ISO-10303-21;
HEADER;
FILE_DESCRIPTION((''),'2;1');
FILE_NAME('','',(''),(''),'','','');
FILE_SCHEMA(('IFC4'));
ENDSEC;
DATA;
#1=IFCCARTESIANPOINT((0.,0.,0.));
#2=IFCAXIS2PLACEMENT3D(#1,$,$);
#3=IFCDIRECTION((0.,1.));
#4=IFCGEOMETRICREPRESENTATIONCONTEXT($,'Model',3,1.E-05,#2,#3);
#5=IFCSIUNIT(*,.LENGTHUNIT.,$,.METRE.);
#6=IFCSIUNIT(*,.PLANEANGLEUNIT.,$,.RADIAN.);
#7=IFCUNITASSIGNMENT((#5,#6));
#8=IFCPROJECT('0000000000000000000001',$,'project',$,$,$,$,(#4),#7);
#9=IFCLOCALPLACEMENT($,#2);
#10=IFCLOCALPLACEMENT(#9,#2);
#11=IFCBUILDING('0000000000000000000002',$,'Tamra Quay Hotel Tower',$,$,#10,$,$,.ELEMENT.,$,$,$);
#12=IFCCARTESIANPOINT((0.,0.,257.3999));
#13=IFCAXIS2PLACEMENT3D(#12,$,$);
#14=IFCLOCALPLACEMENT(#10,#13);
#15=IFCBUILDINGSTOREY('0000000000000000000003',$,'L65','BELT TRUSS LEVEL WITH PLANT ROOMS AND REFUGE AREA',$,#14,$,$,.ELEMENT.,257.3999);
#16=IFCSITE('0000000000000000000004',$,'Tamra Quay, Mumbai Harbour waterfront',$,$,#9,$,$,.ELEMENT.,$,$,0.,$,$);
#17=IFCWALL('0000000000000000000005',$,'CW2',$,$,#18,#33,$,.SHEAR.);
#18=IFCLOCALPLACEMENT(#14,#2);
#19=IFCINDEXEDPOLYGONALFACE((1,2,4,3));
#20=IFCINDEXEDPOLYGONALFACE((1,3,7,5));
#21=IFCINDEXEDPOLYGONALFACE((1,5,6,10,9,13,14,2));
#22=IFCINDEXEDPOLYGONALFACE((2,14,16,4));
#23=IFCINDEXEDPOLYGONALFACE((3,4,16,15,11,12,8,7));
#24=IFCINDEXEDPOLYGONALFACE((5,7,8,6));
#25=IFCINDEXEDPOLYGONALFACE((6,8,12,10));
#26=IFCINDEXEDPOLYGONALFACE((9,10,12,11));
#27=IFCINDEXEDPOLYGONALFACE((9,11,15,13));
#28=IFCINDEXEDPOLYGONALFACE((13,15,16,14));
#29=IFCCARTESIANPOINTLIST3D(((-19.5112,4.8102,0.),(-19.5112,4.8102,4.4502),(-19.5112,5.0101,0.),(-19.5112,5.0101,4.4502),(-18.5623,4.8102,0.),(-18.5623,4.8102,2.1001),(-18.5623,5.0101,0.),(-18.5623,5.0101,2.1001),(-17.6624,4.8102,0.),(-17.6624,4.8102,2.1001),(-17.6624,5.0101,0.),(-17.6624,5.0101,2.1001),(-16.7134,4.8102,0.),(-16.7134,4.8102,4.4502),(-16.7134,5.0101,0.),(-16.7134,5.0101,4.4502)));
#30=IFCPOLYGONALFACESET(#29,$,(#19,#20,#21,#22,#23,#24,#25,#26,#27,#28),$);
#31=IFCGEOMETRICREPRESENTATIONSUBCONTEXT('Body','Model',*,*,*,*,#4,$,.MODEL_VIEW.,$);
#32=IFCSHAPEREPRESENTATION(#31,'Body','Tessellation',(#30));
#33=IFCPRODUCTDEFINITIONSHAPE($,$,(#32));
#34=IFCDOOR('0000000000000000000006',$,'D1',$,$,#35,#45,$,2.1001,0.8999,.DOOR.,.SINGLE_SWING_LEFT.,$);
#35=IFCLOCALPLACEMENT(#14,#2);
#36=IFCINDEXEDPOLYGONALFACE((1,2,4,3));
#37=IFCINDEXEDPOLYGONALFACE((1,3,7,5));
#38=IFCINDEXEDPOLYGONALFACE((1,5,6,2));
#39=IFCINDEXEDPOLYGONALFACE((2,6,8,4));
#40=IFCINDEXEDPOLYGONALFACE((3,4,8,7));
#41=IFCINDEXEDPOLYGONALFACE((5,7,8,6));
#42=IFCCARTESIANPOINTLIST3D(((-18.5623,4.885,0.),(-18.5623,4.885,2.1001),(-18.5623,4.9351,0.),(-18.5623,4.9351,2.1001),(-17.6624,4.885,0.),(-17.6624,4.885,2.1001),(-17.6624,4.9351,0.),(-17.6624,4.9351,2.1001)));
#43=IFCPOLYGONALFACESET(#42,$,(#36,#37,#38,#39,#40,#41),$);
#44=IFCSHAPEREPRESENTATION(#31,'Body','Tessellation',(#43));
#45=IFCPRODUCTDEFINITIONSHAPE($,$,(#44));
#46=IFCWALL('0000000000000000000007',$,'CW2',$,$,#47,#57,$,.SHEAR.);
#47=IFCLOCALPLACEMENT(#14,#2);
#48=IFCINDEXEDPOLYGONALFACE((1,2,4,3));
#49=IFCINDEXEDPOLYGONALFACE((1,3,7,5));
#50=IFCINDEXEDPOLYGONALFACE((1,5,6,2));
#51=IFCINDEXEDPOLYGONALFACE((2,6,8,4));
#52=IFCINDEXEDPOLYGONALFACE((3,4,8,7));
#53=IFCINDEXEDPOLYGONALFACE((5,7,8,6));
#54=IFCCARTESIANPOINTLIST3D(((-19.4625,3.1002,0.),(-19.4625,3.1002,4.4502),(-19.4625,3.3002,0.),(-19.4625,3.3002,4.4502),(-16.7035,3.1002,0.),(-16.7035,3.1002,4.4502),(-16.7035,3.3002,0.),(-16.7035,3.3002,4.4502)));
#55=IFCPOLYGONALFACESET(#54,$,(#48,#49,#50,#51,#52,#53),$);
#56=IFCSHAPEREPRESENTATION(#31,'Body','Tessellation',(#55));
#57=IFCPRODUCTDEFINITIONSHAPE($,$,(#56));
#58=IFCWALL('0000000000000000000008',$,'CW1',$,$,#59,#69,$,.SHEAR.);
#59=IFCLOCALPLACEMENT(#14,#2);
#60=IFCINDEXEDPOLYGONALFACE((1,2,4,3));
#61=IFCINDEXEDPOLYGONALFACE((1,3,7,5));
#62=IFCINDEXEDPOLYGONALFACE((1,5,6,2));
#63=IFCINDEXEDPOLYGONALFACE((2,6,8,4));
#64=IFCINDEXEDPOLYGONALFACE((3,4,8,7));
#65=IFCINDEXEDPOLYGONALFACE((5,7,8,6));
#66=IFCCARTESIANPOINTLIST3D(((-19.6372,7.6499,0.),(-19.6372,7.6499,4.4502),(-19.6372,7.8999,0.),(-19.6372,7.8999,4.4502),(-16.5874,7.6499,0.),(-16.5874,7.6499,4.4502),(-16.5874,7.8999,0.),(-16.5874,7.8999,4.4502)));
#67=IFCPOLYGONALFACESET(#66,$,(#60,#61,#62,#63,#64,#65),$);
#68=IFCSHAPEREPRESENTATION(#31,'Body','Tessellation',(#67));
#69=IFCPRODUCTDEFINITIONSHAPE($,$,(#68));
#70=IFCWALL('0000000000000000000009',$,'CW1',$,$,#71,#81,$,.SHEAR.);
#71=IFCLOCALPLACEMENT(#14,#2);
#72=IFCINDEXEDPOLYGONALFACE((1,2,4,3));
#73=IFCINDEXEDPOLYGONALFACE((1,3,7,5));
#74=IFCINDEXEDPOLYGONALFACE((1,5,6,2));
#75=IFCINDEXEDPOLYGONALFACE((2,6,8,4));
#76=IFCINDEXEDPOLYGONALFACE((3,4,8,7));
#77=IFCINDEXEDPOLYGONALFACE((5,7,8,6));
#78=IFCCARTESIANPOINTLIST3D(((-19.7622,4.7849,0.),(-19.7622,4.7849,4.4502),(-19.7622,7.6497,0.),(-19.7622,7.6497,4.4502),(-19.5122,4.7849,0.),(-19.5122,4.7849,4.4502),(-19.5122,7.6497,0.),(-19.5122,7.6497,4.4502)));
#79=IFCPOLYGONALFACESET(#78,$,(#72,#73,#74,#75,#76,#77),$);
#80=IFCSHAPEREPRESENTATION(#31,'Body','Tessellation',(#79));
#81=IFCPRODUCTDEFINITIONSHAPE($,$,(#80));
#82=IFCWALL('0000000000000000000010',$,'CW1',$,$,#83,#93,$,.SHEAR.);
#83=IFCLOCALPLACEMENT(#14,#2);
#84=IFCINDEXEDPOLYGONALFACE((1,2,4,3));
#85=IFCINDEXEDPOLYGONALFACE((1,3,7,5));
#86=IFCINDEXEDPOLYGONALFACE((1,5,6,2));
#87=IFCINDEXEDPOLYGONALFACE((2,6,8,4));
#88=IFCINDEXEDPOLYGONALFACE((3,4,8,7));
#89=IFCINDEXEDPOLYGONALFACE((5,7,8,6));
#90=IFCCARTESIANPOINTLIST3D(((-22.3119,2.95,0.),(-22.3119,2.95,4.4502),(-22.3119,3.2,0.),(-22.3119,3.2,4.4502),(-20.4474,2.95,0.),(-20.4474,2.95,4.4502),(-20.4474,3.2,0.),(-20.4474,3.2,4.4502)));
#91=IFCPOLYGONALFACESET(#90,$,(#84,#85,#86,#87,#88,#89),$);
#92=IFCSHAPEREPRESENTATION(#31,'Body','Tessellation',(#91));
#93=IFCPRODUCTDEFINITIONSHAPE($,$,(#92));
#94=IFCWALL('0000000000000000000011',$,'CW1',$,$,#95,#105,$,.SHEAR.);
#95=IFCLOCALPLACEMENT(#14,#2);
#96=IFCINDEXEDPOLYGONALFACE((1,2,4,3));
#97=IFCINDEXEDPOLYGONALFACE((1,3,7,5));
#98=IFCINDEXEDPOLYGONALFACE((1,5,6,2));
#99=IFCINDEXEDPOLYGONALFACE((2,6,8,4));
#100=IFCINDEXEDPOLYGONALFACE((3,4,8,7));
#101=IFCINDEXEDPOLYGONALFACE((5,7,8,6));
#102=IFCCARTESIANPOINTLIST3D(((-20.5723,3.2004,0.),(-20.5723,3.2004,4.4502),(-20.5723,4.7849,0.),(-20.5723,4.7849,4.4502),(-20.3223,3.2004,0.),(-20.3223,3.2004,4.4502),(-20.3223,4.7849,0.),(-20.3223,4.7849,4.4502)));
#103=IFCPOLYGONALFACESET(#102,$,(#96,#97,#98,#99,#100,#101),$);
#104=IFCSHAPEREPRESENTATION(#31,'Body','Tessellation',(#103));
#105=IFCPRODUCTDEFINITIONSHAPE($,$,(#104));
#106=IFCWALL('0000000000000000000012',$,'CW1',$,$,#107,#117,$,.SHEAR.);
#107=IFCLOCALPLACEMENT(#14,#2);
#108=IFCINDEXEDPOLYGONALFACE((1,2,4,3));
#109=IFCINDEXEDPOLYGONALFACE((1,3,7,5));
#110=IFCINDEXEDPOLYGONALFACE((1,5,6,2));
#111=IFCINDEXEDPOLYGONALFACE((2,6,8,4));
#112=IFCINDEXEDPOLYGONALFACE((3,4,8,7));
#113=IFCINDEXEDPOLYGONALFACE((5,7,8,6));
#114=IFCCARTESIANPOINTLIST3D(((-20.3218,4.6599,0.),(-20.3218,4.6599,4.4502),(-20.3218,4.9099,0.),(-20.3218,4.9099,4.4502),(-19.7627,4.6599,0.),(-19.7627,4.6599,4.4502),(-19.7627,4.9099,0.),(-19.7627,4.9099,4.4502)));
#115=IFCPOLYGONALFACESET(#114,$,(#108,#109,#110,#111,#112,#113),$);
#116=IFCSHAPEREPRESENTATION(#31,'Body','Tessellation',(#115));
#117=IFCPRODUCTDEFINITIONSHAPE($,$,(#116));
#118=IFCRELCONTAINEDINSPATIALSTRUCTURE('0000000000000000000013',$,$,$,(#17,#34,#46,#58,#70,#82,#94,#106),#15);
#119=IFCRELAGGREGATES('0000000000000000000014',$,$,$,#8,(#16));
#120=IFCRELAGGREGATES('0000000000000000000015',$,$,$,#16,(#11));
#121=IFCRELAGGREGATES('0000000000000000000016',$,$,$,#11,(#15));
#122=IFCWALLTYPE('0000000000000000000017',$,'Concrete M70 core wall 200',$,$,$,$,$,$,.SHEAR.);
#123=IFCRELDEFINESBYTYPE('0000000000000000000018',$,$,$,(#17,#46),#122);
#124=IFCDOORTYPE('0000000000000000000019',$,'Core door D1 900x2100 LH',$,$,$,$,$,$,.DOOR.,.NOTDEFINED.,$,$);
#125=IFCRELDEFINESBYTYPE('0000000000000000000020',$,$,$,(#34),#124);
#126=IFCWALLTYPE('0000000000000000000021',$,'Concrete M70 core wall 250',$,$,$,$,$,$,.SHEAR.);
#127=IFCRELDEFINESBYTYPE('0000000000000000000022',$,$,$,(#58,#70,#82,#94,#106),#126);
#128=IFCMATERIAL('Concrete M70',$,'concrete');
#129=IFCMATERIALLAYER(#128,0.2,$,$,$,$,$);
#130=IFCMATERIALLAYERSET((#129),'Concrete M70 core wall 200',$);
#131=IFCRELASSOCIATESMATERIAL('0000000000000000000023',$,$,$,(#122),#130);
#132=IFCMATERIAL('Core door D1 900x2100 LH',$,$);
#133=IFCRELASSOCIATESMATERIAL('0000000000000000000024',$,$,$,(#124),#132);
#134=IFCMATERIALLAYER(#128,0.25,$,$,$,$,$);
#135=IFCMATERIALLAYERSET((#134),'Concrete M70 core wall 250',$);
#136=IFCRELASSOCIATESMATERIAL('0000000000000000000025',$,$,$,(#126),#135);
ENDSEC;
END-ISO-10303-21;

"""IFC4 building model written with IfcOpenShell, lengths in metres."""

from ifc_helpers import new_model, si_unit, direction, frame, frame_2d, origin, place, context, subcontext, project, spatial, rectangle, extrude, material, layer, layer_set, type_object, element, fill, save


model = new_model("IFC4")

# Units and contexts
model_context = context("Model", 3, precision=1e-05, world=origin(), true_north=direction((0.0, 1.0)))
body_context = subcontext(model_context, "Body", "Model", "MODEL_VIEW")
ifc_project = project(units=[si_unit("LENGTHUNIT", "METRE"), si_unit("PLANEANGLEUNIT", "RADIAN")], contexts=[model_context])

# Site, building, storey
site_placement = place(None, origin())
site = spatial("IfcSite", under=ifc_project, at=site_placement, Name="Tamra Quay, Mumbai Harbour waterfront", CompositionType="ELEMENT", RefElevation=0.0)
building_placement = place(site_placement, origin())
building = spatial("IfcBuilding", under=site, at=building_placement, Name="Tamra Quay Hotel Tower", CompositionType="ELEMENT")
storey_placement = place(building_placement, frame((0.0, 0.0, 257.3999)))
storey = spatial("IfcBuildingStorey", under=building, at=storey_placement, Name="L65", Description="BELT TRUSS LEVEL WITH PLANT ROOMS AND REFUGE AREA", CompositionType="ELEMENT", Elevation=257.3999)

# Wall, opening, door
ifc_material_1 = material(Name="Concrete M70", Category="concrete")
ifc_layer_1 = layer(ifc_material_1, 0.2)
ifc_layer_set_1 = layer_set([ifc_layer_1], Name="Concrete M70 core wall 200")
wall_type_1 = type_object("IfcWallType", Name="Concrete M70 core wall 200", PredefinedType="SHEAR", material=ifc_layer_set_1)
wall_1_placement = place(storey_placement, frame((-19.5112, 4.9102, 0.0), z_axis=(0.0, 0.0, 1.0), x_axis=(1.0, 0.0, 0.0)))
wall_1 = element("IfcWall", 1, at=wall_1_placement, inside=storey, type_object=wall_type_1, Name="CW2", PredefinedType="SHEAR", context=body_context, shape_type="SweptSolid", body=[
    extrude(rectangle(XDim=2.7979, YDim=0.2, at=frame_2d((1.3989, 0.0))), origin(), (0.0, 0.0, 1.0), 4.4502),
])
opening_placement = place(wall_1_placement, frame((0.949, 0.0, 0.0)))
opening = element("IfcOpeningElement", 2, at=opening_placement, cuts=wall_1, PredefinedType="OPENING", context=body_context, shape_type="SweptSolid", body=[
    extrude(rectangle(XDim=0.8999, YDim=2.1001, at=frame_2d((0.45, 1.05))), frame((0.0, 0.1099, 0.0), z_axis=(0.0, -1.0, 0.0), x_axis=(1.0, 0.0, 0.0)), (0.0, 0.0, 1.0), 0.22),
])
ifc_material_2 = material(Name="Core door D1 900x2100 LH")
door_type = type_object("IfcDoorType", Name="Core door D1 900x2100 LH", OperationType="NOTDEFINED", PredefinedType="DOOR", material=ifc_material_2)
door_placement = place(opening_placement, origin())
door = element("IfcDoor", 3, at=door_placement, inside=storey, type_object=door_type, Name="D1", OperationType="SINGLE_SWING_LEFT", OverallHeight=2.1001, OverallWidth=0.8999, PredefinedType="DOOR", context=body_context, shape_type="SweptSolid", body=[
    extrude(rectangle(XDim=0.8999, YDim=2.1001, at=frame_2d((0.45, 1.05))), frame((0.0, 0.0249, 0.0), z_axis=(0.0, -1.0, 0.0), x_axis=(1.0, 0.0, 0.0)), (0.0, 0.0, 1.0), 0.05),
])
fill(opening, door)

# Walls
wall_2_placement = place(storey_placement, frame((-19.4624, 3.2002, 0.0), z_axis=(0.0, 0.0, 1.0), x_axis=(1.0, 0.0, 0.0)))
element("IfcWall", 4, at=wall_2_placement, inside=storey, type_object=wall_type_1, Name="CW2", PredefinedType="SHEAR", context=body_context, shape_type="SweptSolid", body=[
    extrude(rectangle(XDim=2.759, YDim=0.2, at=frame_2d((1.3794, 0.0))), origin(), (0.0, 0.0, 1.0), 4.4502),
])
ifc_layer_2 = layer(ifc_material_1, 0.25)
ifc_layer_set_2 = layer_set([ifc_layer_2], Name="Concrete M70 core wall 250")
wall_type_2 = type_object("IfcWallType", Name="Concrete M70 core wall 250", PredefinedType="SHEAR", material=ifc_layer_set_2)
wall_3_placement = place(storey_placement, frame((-19.6372, 7.7749, 0.0), z_axis=(0.0, 0.0, 1.0), x_axis=(1.0, 0.0, 0.0)))
element("IfcWall", 5, at=wall_3_placement, inside=storey, type_object=wall_type_2, Name="CW1", PredefinedType="SHEAR", context=body_context, shape_type="SweptSolid", body=[
    extrude(rectangle(XDim=3.0498, YDim=0.25, at=frame_2d((1.5249, 0.0))), origin(), (0.0, 0.0, 1.0), 4.4502),
])
wall_4_placement = place(storey_placement, frame((-19.6372, 4.7849, 0.0), z_axis=(0.0, 0.0, 1.0), x_axis=(0.0, 1.0, 0.0)))
element("IfcWall", 6, at=wall_4_placement, inside=storey, type_object=wall_type_2, Name="CW1", PredefinedType="SHEAR", context=body_context, shape_type="SweptSolid", body=[
    extrude(rectangle(XDim=2.8647, YDim=0.25, at=frame_2d((1.4324, 0.0))), origin(), (0.0, 0.0, 1.0), 4.4502),
])
wall_5_placement = place(storey_placement, frame((-22.3118, 3.075, 0.0), z_axis=(0.0, 0.0, 1.0), x_axis=(1.0, 0.0, 0.0)))
element("IfcWall", 7, at=wall_5_placement, inside=storey, type_object=wall_type_2, Name="CW1", PredefinedType="SHEAR", context=body_context, shape_type="SweptSolid", body=[
    extrude(rectangle(XDim=1.8645, YDim=0.25, at=frame_2d((0.9321, 0.0))), origin(), (0.0, 0.0, 1.0), 4.4502),
])
wall_6_placement = place(storey_placement, frame((-20.4473, 3.2004, 0.0), z_axis=(0.0, 0.0, 1.0), x_axis=(0.0, 1.0, 0.0)))
element("IfcWall", 8, at=wall_6_placement, inside=storey, type_object=wall_type_2, Name="CW1", PredefinedType="SHEAR", context=body_context, shape_type="SweptSolid", body=[
    extrude(rectangle(XDim=1.5845, YDim=0.25, at=frame_2d((0.7922, 0.0))), origin(), (0.0, 0.0, 1.0), 4.4502),
])
wall_7_placement = place(storey_placement, frame((-20.3218, 4.7849, 0.0), z_axis=(0.0, 0.0, 1.0), x_axis=(1.0, 0.0, 0.0)))
element("IfcWall", 9, at=wall_7_placement, inside=storey, type_object=wall_type_2, Name="CW1", PredefinedType="SHEAR", context=body_context, shape_type="SweptSolid", body=[
    extrude(rectangle(XDim=0.5591, YDim=0.25, at=frame_2d((0.2795, 0.0))), origin(), (0.0, 0.0, 1.0), 4.4502),
])

save(model, "model.ifc")
